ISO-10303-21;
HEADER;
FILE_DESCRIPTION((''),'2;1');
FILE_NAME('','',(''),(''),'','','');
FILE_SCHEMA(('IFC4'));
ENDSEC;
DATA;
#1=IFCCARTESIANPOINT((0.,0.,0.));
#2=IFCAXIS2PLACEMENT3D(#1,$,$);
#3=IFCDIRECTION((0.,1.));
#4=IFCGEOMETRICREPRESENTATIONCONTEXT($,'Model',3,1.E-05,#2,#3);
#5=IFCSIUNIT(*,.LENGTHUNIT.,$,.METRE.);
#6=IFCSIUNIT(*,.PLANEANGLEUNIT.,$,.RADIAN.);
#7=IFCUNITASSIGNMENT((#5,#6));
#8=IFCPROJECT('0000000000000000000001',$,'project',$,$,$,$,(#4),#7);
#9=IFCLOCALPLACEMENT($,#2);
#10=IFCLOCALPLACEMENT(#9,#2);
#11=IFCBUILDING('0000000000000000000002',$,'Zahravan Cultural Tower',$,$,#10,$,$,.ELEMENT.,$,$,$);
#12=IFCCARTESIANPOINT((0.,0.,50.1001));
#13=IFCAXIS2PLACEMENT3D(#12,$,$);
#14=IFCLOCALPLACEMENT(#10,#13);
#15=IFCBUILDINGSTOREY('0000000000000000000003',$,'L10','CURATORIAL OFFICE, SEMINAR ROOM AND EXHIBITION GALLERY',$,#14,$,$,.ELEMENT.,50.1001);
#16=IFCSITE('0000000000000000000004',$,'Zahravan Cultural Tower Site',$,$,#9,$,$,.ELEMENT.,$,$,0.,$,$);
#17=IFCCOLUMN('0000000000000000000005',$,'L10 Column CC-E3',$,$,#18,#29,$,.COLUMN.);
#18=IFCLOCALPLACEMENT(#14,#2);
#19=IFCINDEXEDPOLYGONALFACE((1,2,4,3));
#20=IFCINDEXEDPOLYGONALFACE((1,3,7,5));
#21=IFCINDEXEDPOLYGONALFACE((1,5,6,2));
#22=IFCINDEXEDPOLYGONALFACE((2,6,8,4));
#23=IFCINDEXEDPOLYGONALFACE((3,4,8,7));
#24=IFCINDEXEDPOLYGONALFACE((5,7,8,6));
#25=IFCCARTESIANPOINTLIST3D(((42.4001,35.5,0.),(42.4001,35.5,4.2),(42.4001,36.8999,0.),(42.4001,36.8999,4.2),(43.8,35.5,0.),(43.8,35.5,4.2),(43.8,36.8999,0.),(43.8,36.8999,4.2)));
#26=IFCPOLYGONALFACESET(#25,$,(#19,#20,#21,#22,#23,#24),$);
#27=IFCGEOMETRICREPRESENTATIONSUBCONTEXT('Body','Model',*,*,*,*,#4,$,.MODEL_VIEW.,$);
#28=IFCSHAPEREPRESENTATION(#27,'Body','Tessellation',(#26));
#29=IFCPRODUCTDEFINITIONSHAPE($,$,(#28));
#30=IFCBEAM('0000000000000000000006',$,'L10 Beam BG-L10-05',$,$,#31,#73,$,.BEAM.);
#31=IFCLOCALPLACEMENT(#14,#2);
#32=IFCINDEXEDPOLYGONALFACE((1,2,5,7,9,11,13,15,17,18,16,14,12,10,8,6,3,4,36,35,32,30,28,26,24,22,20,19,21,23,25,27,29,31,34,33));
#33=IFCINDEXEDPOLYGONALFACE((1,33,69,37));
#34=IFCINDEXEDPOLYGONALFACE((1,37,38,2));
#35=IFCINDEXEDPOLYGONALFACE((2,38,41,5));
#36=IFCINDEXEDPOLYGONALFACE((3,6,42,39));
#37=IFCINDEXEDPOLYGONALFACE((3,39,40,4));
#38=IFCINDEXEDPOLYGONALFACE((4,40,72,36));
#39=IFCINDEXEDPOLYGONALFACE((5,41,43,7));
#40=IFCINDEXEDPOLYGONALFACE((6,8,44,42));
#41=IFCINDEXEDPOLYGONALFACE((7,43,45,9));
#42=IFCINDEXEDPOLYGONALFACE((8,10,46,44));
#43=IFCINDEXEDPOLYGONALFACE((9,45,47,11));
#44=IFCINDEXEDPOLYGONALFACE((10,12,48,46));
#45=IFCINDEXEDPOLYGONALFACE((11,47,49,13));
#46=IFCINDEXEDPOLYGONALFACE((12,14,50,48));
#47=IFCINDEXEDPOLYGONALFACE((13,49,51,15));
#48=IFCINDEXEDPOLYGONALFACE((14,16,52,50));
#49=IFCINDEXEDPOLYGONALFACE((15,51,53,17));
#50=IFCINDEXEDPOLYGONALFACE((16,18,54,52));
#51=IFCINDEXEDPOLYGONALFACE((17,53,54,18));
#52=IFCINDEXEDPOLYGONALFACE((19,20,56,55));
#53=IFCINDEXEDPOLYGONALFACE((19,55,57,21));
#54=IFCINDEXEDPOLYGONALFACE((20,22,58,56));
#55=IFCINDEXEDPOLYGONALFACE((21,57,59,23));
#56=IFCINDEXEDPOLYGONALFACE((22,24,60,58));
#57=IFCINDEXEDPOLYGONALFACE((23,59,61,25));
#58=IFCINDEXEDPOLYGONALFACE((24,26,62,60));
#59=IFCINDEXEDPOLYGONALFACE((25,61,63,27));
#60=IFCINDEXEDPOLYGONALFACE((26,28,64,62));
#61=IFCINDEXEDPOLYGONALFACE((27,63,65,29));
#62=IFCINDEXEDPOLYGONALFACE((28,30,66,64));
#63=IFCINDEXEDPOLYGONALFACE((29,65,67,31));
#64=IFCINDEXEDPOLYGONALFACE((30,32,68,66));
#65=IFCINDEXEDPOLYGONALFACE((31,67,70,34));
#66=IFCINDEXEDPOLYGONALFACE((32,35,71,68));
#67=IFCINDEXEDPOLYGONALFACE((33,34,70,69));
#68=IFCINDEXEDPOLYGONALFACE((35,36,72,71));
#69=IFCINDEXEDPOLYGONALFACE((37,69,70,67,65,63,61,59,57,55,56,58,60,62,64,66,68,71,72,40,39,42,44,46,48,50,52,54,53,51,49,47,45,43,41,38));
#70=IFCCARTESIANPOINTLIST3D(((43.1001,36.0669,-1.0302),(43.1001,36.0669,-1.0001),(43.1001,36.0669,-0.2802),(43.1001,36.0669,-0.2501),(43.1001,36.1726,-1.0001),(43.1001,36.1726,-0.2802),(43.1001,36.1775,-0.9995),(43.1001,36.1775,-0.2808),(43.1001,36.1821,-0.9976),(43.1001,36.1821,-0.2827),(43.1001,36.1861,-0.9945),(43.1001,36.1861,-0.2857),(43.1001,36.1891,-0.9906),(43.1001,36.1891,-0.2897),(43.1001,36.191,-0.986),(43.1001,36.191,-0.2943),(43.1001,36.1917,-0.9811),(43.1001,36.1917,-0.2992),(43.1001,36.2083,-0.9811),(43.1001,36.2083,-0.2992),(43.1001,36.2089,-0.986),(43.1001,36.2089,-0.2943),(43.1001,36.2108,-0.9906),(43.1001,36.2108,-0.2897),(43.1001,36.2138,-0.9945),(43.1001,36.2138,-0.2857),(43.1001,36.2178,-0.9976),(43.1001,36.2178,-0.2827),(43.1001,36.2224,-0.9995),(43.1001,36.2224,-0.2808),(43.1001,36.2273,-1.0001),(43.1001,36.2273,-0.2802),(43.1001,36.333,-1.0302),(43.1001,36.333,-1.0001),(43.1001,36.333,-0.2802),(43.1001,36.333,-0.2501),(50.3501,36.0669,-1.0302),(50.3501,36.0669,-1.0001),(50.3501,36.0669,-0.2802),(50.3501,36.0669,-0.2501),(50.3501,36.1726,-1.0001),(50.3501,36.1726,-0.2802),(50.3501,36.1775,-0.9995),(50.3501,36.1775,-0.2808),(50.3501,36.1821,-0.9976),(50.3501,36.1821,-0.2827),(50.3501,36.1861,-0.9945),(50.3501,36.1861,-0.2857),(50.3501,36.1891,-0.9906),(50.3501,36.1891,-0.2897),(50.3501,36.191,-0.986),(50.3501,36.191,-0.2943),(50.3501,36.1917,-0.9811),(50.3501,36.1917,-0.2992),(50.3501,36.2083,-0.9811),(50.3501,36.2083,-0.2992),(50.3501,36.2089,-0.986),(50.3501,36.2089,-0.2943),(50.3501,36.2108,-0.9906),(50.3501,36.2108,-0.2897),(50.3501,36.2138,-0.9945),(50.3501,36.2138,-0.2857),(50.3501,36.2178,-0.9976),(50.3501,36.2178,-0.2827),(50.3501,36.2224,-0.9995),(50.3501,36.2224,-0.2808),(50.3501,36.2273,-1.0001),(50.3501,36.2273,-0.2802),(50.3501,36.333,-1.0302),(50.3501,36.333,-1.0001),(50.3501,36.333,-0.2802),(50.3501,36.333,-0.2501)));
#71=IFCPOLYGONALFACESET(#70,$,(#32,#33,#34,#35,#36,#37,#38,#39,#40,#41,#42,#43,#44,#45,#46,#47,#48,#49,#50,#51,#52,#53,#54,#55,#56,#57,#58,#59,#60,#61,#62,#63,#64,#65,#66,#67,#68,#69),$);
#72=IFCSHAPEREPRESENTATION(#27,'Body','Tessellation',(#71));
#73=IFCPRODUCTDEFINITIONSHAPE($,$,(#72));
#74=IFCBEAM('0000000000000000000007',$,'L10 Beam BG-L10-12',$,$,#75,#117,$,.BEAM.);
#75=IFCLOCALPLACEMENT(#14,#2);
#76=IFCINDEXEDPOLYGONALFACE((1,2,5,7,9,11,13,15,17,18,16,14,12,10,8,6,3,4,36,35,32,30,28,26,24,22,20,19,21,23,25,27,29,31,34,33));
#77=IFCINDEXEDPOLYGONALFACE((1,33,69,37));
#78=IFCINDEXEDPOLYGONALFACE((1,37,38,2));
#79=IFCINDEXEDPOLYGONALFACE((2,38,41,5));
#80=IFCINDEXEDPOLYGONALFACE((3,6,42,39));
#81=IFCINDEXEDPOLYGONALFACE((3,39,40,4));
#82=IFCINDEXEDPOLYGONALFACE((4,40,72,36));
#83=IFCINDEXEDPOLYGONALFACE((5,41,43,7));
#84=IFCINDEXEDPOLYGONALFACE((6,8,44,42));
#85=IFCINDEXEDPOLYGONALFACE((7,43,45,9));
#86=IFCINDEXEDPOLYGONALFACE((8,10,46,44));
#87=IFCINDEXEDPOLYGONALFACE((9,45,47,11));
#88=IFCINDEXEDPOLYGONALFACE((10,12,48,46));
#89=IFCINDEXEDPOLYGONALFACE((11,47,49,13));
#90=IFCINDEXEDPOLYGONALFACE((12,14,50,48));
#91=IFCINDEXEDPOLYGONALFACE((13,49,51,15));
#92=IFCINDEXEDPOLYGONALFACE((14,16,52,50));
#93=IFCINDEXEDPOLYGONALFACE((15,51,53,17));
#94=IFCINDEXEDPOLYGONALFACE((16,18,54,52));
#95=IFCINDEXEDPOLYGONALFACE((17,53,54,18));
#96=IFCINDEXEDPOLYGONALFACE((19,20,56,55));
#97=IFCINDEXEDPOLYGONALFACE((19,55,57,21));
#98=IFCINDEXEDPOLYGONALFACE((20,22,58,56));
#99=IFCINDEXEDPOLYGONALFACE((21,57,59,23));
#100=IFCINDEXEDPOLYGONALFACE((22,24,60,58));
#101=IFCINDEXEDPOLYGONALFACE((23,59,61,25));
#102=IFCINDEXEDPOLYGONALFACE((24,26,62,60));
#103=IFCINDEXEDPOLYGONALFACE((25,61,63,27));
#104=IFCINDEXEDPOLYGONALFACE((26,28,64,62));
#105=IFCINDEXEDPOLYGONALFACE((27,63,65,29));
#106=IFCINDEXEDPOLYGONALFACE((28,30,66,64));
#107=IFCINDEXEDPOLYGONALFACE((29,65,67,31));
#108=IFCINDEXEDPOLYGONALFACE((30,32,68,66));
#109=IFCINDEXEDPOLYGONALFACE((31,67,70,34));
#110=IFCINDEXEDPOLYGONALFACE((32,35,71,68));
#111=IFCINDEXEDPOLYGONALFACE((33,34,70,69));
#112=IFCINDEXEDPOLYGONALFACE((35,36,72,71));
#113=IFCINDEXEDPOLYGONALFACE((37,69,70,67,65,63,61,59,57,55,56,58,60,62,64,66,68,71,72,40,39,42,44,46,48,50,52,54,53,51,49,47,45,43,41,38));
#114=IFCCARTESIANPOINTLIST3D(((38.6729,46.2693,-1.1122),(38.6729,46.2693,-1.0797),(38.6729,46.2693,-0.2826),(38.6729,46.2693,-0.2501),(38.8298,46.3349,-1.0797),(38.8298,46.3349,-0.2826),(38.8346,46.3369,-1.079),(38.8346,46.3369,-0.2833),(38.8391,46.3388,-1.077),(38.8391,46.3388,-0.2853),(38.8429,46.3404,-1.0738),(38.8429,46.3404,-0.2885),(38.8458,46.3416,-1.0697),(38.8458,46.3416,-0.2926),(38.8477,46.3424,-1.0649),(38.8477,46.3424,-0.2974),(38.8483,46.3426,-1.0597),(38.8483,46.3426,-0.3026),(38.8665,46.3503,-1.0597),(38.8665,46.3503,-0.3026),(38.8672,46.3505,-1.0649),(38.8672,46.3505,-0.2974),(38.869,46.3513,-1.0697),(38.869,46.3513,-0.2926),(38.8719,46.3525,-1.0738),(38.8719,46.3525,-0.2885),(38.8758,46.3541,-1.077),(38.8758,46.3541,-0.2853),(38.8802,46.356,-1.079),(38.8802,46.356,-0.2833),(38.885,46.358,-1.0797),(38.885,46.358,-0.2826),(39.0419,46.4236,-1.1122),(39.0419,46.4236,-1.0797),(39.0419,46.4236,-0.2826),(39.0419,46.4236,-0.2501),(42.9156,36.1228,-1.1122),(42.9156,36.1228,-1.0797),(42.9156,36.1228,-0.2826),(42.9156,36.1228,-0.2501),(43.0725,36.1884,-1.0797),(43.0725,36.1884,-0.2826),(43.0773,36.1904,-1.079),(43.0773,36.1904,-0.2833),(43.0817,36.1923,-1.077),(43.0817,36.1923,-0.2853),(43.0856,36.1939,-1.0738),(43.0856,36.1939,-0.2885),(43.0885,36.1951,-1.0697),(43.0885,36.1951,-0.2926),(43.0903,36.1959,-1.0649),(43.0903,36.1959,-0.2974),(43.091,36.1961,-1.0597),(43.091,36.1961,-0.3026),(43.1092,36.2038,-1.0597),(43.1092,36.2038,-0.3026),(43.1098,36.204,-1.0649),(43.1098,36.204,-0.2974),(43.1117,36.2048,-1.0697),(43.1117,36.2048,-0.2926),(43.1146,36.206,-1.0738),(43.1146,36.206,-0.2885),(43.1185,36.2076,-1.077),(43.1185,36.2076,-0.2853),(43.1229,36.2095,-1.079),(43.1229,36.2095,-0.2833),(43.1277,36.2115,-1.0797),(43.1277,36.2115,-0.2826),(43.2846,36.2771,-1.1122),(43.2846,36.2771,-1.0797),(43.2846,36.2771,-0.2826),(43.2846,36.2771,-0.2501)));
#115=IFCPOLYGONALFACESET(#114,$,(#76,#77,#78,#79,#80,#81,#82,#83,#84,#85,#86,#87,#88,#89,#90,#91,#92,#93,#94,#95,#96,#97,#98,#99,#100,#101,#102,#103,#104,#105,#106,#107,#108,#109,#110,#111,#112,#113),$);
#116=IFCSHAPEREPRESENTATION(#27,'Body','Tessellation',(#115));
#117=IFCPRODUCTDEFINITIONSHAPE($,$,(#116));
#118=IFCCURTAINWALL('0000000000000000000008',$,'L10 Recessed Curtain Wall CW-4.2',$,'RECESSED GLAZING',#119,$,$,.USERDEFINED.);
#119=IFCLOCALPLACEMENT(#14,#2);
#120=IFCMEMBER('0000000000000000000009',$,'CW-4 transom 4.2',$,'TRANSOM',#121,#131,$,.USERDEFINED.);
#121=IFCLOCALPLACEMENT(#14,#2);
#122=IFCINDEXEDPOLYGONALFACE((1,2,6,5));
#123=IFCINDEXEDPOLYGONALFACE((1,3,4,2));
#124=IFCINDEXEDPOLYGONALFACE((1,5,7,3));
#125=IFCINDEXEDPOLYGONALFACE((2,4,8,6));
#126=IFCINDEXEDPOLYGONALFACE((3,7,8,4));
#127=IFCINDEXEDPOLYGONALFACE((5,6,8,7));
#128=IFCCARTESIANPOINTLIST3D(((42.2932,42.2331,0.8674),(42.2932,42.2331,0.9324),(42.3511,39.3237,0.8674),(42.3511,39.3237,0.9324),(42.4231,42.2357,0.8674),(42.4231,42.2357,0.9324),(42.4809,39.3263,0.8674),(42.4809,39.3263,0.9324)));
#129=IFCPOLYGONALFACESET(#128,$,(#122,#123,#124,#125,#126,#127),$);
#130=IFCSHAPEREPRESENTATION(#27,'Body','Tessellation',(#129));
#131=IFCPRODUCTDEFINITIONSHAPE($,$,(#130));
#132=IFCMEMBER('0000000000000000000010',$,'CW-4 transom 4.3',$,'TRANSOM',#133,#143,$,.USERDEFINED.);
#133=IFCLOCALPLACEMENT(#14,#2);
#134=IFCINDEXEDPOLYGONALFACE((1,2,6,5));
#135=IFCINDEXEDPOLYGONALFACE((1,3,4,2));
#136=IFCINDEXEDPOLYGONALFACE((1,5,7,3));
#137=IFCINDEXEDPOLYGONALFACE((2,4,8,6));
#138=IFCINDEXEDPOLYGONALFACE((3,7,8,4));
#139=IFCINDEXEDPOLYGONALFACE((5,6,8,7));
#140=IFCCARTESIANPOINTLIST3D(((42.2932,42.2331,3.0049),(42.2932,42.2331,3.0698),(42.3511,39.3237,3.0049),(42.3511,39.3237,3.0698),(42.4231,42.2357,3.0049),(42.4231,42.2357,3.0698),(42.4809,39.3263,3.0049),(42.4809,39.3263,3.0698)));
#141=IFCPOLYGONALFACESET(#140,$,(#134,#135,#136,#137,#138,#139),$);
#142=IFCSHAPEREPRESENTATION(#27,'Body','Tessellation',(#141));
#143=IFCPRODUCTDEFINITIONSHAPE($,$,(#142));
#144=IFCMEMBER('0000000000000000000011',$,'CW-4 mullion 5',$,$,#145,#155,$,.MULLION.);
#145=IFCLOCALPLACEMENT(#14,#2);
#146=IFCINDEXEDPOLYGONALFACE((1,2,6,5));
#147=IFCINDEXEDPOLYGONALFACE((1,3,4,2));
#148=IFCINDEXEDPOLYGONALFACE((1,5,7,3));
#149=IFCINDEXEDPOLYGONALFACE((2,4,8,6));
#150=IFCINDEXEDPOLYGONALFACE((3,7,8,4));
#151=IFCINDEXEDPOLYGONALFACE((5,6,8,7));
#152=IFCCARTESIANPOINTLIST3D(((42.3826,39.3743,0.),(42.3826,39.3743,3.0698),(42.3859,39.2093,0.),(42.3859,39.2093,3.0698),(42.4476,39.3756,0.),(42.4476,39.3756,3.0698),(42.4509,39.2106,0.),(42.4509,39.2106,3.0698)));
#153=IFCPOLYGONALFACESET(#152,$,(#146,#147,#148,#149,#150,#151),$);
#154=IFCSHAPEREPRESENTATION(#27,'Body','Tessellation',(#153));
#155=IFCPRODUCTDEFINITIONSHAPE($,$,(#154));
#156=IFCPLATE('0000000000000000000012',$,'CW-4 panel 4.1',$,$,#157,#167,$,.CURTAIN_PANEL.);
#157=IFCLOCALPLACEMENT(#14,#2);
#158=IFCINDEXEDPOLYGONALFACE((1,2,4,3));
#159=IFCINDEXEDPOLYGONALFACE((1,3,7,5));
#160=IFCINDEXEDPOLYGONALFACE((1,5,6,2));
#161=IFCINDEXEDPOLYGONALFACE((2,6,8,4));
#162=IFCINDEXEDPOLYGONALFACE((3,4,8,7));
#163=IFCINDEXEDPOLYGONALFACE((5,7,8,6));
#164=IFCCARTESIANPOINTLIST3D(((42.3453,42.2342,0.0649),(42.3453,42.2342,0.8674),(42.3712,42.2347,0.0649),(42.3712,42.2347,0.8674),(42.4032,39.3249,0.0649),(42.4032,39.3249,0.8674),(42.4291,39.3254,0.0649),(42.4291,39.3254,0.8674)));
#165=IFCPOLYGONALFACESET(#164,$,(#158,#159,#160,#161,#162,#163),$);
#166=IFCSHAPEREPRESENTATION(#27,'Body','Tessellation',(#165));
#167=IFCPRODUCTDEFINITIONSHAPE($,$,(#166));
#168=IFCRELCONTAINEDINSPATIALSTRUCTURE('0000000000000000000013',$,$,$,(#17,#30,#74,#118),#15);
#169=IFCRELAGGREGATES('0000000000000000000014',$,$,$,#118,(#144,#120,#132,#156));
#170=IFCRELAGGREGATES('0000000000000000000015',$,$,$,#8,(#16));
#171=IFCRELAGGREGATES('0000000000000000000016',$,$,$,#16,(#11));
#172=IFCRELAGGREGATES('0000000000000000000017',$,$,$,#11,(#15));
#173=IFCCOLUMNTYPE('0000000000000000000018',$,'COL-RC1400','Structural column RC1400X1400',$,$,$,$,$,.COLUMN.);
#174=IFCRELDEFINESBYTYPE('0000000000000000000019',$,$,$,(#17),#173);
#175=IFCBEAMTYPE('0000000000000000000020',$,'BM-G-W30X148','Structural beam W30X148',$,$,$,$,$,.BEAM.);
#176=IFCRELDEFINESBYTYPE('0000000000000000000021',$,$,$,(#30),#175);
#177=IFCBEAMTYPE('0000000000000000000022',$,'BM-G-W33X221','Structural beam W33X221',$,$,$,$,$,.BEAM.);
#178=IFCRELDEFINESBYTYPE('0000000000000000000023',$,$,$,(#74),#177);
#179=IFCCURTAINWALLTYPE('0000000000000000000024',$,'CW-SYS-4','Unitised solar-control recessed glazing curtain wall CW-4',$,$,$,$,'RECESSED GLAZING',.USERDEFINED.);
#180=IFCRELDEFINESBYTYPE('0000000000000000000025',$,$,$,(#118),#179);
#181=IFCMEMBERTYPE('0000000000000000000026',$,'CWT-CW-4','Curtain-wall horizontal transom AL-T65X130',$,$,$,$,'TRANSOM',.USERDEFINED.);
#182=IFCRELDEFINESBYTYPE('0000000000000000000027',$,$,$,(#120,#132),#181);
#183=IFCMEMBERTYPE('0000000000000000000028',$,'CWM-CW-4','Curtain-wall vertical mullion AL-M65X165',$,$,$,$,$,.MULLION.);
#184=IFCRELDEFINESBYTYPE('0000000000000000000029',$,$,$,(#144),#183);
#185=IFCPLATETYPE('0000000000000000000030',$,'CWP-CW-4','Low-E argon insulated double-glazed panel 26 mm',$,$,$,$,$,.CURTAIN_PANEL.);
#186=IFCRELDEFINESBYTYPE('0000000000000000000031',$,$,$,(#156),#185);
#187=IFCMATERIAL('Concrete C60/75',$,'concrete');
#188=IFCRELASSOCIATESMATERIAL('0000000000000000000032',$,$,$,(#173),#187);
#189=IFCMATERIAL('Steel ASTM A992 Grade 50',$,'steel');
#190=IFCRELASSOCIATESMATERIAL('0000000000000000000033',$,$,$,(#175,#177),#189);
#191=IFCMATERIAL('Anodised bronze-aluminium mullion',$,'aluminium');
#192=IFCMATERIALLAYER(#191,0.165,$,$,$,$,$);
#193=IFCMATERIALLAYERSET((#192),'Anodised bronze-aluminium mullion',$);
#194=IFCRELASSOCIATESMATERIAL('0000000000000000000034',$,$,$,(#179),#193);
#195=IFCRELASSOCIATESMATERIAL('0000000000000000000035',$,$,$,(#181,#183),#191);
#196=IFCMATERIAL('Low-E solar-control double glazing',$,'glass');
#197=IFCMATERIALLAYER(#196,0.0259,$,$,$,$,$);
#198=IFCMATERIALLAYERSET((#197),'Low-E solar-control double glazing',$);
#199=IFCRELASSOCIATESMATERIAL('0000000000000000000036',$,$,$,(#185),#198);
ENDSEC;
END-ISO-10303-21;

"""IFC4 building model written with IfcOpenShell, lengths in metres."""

from ifc_helpers import new_model, si_unit, direction, frame, origin, origin_2d, place, context, subcontext, project, spatial, rectangle, i_section, extrude, source, transform, mapped, material, layer, layer_set, material_profile, profile_set, type_object, element, aggregate, save


model = new_model("IFC4")

# Units and contexts
model_context = context("Model", 3, precision=1e-05, world=origin(), true_north=direction((0.0, 1.0)))
body_context = subcontext(model_context, "Body", "Model", "MODEL_VIEW")
ifc_project = project(units=[si_unit("LENGTHUNIT", "METRE"), si_unit("PLANEANGLEUNIT", "RADIAN")], contexts=[model_context])

# Site, building, storey
site_placement = place(None, origin())
site = spatial("IfcSite", under=ifc_project, at=site_placement, Name="Zahravan Cultural Tower Site", CompositionType="ELEMENT", RefElevation=0.0)
building_placement = place(site_placement, origin())
building = spatial("IfcBuilding", under=site, at=building_placement, Name="Zahravan Cultural Tower", CompositionType="ELEMENT")
storey_placement = place(building_placement, frame((0.0, 0.0, 50.1001)))
storey = spatial("IfcBuildingStorey", under=building, at=storey_placement, Name="L10", Description="CURATORIAL OFFICE, SEMINAR ROOM AND EXHIBITION GALLERY", CompositionType="ELEMENT", Elevation=50.1001)

# Column
ifc_material_1 = material(Name="Concrete C60/75", Category="concrete")
ifc_material_profile_1 = material_profile(ifc_material_1, rectangle(XDim=1.3999, YDim=1.3999, at=origin_2d()), Name="RC1400X1400")
ifc_profile_set_1 = profile_set([ifc_material_profile_1], Name="Concrete C60/75")
column_type = type_object("IfcColumnType", Name="COL-RC1400", Description="Structural column RC1400X1400", PredefinedType="COLUMN", material=ifc_profile_set_1)
shared_shape_1 = source(origin(), body_context, "Body", "SweptSolid", [
    extrude(rectangle(XDim=1.3999, YDim=1.3999, at=origin_2d()), origin(), (0.0, 0.0, 1.0), 4.2),
])
column_placement = place(storey_placement, frame((43.1001, 36.2, 0.0), z_axis=(0.0, 0.0, 1.0), x_axis=(1.0, 0.0, 0.0)))
element("IfcColumn", 1, at=column_placement, inside=storey, type_object=column_type, Name="L10 Column CC-E3", PredefinedType="COLUMN", context=body_context, shape_type="MappedRepresentation", body=[
    mapped(shared_shape_1, transform((0.0, 0.0, 0.0), x_axis=(1.0, 0.0, 0.0), y_axis=(0.0, 1.0, 0.0), z_axis=(0.0, 0.0, 1.0), scale=1.0)),
])

# Beams
ifc_material_2 = material(Name="Steel ASTM A992 Grade 50", Category="steel")
ifc_material_profile_2 = material_profile(ifc_material_2, i_section(OverallWidth=0.2661, OverallDepth=0.78, WebThickness=0.0166, FlangeThickness=0.03, FilletRadius=0.019, at=origin_2d()), Name="W30X148")
ifc_profile_set_2 = profile_set([ifc_material_profile_2], Name="Steel ASTM A992 Grade 50")
beam_type_1 = type_object("IfcBeamType", Name="BM-G-W30X148", Description="Structural beam W30X148", PredefinedType="BEAM", material=ifc_profile_set_2)
shared_shape_2 = source(origin(), body_context, "Body", "SweptSolid", [
    extrude(i_section(OverallWidth=0.2661, OverallDepth=0.78, WebThickness=0.0166, FlangeThickness=0.03, FilletRadius=0.019, at=origin_2d()), origin(), (0.0, 0.0, 1.0), 7.25),
])
beam_1_placement = place(storey_placement, frame((43.1001, 36.2, -0.6401), z_axis=(1.0, 0.0, 0.0), x_axis=(0.0, 1.0, 0.0)))
element("IfcBeam", 2, at=beam_1_placement, inside=storey, type_object=beam_type_1, Name="L10 Beam BG-L10-05", PredefinedType="BEAM", context=body_context, shape_type="MappedRepresentation", body=[
    mapped(shared_shape_2, transform((0.0, 0.0, 0.0), x_axis=(1.0, 0.0, 0.0), y_axis=(0.0, 1.0, 0.0), z_axis=(0.0, 0.0, 1.0), scale=1.0)),
])
ifc_material_profile_3 = material_profile(ifc_material_2, i_section(OverallWidth=0.3999, OverallDepth=0.8621, WebThickness=0.0198, FlangeThickness=0.0325, FilletRadius=0.02, at=origin_2d()), Name="W33X221")
ifc_profile_set_3 = profile_set([ifc_material_profile_3], Name="Steel ASTM A992 Grade 50")
beam_type_2 = type_object("IfcBeamType", Name="BM-G-W33X221", Description="Structural beam W33X221", PredefinedType="BEAM", material=ifc_profile_set_3)
shared_shape_3 = source(origin(), body_context, "Body", "SweptSolid", [
    extrude(i_section(OverallWidth=0.3999, OverallDepth=0.8621, WebThickness=0.0198, FlangeThickness=0.0325, FilletRadius=0.02, at=origin_2d()), origin(), (0.0, 0.0, 1.0), 10.9978),
])
beam_2_placement = place(storey_placement, frame((43.1001, 36.2, -0.6812), z_axis=(-0.385775, 0.922593, 0.0), x_axis=(-0.922593, -0.385775, 0.0)))
element("IfcBeam", 3, at=beam_2_placement, inside=storey, type_object=beam_type_2, Name="L10 Beam BG-L10-12", PredefinedType="BEAM", context=body_context, shape_type="MappedRepresentation", body=[
    mapped(shared_shape_3, transform((0.0, 0.0, 0.0), x_axis=(1.0, 0.0, 0.0), y_axis=(0.0, 1.0, 0.0), z_axis=(0.0, 0.0, 1.0), scale=1.0)),
])

# Curtain wall, members, plate
ifc_material_3 = material(Name="Anodised bronze-aluminium mullion", Category="aluminium")
ifc_layer_1 = layer(ifc_material_3, 0.165)
ifc_layer_set_1 = layer_set([ifc_layer_1], Name="Anodised bronze-aluminium mullion")
curtain_wall_type = type_object("IfcCurtainWallType", Name="CW-SYS-4", Description="Unitised solar-control recessed glazing curtain wall CW-4", ElementType="RECESSED GLAZING", PredefinedType="USERDEFINED", material=ifc_layer_set_1)
curtain_wall_placement = place(storey_placement, origin())
curtain_wall = element("IfcCurtainWall", 4, at=curtain_wall_placement, inside=storey, type_object=curtain_wall_type, Name="L10 Recessed Curtain Wall CW-4.2", ObjectType="RECESSED GLAZING", PredefinedType="USERDEFINED")
ifc_material_profile_4 = material_profile(ifc_material_3, rectangle(XDim=0.1299, YDim=0.0649, at=origin_2d()), Name="AL-T65X130")
ifc_profile_set_4 = profile_set([ifc_material_profile_4], Name="Anodised bronze-aluminium mullion")
member_type_1 = type_object("IfcMemberType", Name="CWT-CW-4", Description="Curtain-wall horizontal transom AL-T65X130", ElementType="TRANSOM", PredefinedType="USERDEFINED", material=ifc_profile_set_4)
shared_shape_4 = source(origin(), body_context, "Body", "SweptSolid", [
    extrude(rectangle(XDim=0.1299, YDim=0.0649, at=origin_2d()), origin(), (0.0, 0.0, 1.0), 2.9099),
])
member_1_placement = place(storey_placement, frame((42.3582, 42.2344, 0.8999), z_axis=(0.019884, -0.999802, 0.0), x_axis=(0.999802, 0.019884, 0.0)))
member_1 = element("IfcMember", 5, at=member_1_placement, type_object=member_type_1, Name="CW-4 transom 4.2", ObjectType="TRANSOM", PredefinedType="USERDEFINED", context=body_context, shape_type="MappedRepresentation", body=[
    mapped(shared_shape_4, transform((0.0, 0.0, 0.0), x_axis=(1.0, 0.0, 0.0), y_axis=(0.0, 1.0, 0.0), z_axis=(0.0, 0.0, 1.0), scale=1.0)),
])
member_2_placement = place(storey_placement, frame((42.3582, 42.2344, 3.0374), z_axis=(0.019884, -0.999802, 0.0), x_axis=(0.999802, 0.019884, 0.0)))
member_2 = element("IfcMember", 6, at=member_2_placement, type_object=member_type_1, Name="CW-4 transom 4.3", ObjectType="TRANSOM", PredefinedType="USERDEFINED", context=body_context, shape_type="MappedRepresentation", body=[
    mapped(shared_shape_4, transform((0.0, 0.0, 0.0), x_axis=(1.0, 0.0, 0.0), y_axis=(0.0, 1.0, 0.0), z_axis=(0.0, 0.0, 1.0), scale=1.0)),
])
ifc_material_profile_5 = material_profile(ifc_material_3, rectangle(XDim=0.0649, YDim=0.165, at=origin_2d()), Name="AL-M65X165")
ifc_profile_set_5 = profile_set([ifc_material_profile_5], Name="Anodised bronze-aluminium mullion")
member_type_2 = type_object("IfcMemberType", Name="CWM-CW-4", Description="Curtain-wall vertical mullion AL-M65X165", PredefinedType="MULLION", material=ifc_profile_set_5)
shared_shape_5 = source(origin(), body_context, "Body", "SweptSolid", [
    extrude(rectangle(XDim=0.0649, YDim=0.165, at=origin_2d()), origin(), (0.0, 0.0, 1.0), 3.0698),
])
member_3_placement = place(storey_placement, frame((42.4167, 39.2925, 0.0), z_axis=(0.0, 0.0, 1.0), x_axis=(0.999802, 0.0199, 0.0)))
member_3 = element("IfcMember", 7, at=member_3_placement, type_object=member_type_2, Name="CW-4 mullion 5", PredefinedType="MULLION", context=body_context, shape_type="MappedRepresentation", body=[
    mapped(shared_shape_5, transform((0.0, 0.0, 0.0), x_axis=(1.0, 0.0, 0.0), y_axis=(0.0, 1.0, 0.0), z_axis=(0.0, 0.0, 1.0), scale=1.0)),
])
ifc_material_4 = material(Name="Low-E solar-control double glazing", Category="glass")
ifc_layer_2 = layer(ifc_material_4, 0.0259)
ifc_layer_set_2 = layer_set([ifc_layer_2], Name="Low-E solar-control double glazing")
plate_type = type_object("IfcPlateType", Name="CWP-CW-4", Description="Low-E argon insulated double-glazed panel 26 mm", PredefinedType="CURTAIN_PANEL", material=ifc_layer_set_2)
shared_shape_6 = source(origin(), body_context, "Body", "SweptSolid", [
    extrude(rectangle(XDim=2.9099, YDim=0.0259, at=origin_2d()), origin(), (0.0, 0.0, 1.0), 0.8025),
])
plate_1_placement = place(storey_placement, frame((42.3872, 40.7798, 0.0649), z_axis=(0.0, 0.0, 1.0), x_axis=(0.0199, -0.999802, 0.0)))
plate_1 = element("IfcPlate", 8, at=plate_1_placement, type_object=plate_type, Name="CW-4 panel 4.1", PredefinedType="CURTAIN_PANEL", context=body_context, shape_type="MappedRepresentation", body=[
    mapped(shared_shape_6, transform((0.0, 0.0, 0.0), x_axis=(1.0, 0.0, 0.0), y_axis=(0.0, 1.0, 0.0), z_axis=(0.0, 0.0, 1.0), scale=1.0)),
])
aggregate(curtain_wall, [member_3, member_1, member_2, plate_1])

save(model, "model.ifc")
